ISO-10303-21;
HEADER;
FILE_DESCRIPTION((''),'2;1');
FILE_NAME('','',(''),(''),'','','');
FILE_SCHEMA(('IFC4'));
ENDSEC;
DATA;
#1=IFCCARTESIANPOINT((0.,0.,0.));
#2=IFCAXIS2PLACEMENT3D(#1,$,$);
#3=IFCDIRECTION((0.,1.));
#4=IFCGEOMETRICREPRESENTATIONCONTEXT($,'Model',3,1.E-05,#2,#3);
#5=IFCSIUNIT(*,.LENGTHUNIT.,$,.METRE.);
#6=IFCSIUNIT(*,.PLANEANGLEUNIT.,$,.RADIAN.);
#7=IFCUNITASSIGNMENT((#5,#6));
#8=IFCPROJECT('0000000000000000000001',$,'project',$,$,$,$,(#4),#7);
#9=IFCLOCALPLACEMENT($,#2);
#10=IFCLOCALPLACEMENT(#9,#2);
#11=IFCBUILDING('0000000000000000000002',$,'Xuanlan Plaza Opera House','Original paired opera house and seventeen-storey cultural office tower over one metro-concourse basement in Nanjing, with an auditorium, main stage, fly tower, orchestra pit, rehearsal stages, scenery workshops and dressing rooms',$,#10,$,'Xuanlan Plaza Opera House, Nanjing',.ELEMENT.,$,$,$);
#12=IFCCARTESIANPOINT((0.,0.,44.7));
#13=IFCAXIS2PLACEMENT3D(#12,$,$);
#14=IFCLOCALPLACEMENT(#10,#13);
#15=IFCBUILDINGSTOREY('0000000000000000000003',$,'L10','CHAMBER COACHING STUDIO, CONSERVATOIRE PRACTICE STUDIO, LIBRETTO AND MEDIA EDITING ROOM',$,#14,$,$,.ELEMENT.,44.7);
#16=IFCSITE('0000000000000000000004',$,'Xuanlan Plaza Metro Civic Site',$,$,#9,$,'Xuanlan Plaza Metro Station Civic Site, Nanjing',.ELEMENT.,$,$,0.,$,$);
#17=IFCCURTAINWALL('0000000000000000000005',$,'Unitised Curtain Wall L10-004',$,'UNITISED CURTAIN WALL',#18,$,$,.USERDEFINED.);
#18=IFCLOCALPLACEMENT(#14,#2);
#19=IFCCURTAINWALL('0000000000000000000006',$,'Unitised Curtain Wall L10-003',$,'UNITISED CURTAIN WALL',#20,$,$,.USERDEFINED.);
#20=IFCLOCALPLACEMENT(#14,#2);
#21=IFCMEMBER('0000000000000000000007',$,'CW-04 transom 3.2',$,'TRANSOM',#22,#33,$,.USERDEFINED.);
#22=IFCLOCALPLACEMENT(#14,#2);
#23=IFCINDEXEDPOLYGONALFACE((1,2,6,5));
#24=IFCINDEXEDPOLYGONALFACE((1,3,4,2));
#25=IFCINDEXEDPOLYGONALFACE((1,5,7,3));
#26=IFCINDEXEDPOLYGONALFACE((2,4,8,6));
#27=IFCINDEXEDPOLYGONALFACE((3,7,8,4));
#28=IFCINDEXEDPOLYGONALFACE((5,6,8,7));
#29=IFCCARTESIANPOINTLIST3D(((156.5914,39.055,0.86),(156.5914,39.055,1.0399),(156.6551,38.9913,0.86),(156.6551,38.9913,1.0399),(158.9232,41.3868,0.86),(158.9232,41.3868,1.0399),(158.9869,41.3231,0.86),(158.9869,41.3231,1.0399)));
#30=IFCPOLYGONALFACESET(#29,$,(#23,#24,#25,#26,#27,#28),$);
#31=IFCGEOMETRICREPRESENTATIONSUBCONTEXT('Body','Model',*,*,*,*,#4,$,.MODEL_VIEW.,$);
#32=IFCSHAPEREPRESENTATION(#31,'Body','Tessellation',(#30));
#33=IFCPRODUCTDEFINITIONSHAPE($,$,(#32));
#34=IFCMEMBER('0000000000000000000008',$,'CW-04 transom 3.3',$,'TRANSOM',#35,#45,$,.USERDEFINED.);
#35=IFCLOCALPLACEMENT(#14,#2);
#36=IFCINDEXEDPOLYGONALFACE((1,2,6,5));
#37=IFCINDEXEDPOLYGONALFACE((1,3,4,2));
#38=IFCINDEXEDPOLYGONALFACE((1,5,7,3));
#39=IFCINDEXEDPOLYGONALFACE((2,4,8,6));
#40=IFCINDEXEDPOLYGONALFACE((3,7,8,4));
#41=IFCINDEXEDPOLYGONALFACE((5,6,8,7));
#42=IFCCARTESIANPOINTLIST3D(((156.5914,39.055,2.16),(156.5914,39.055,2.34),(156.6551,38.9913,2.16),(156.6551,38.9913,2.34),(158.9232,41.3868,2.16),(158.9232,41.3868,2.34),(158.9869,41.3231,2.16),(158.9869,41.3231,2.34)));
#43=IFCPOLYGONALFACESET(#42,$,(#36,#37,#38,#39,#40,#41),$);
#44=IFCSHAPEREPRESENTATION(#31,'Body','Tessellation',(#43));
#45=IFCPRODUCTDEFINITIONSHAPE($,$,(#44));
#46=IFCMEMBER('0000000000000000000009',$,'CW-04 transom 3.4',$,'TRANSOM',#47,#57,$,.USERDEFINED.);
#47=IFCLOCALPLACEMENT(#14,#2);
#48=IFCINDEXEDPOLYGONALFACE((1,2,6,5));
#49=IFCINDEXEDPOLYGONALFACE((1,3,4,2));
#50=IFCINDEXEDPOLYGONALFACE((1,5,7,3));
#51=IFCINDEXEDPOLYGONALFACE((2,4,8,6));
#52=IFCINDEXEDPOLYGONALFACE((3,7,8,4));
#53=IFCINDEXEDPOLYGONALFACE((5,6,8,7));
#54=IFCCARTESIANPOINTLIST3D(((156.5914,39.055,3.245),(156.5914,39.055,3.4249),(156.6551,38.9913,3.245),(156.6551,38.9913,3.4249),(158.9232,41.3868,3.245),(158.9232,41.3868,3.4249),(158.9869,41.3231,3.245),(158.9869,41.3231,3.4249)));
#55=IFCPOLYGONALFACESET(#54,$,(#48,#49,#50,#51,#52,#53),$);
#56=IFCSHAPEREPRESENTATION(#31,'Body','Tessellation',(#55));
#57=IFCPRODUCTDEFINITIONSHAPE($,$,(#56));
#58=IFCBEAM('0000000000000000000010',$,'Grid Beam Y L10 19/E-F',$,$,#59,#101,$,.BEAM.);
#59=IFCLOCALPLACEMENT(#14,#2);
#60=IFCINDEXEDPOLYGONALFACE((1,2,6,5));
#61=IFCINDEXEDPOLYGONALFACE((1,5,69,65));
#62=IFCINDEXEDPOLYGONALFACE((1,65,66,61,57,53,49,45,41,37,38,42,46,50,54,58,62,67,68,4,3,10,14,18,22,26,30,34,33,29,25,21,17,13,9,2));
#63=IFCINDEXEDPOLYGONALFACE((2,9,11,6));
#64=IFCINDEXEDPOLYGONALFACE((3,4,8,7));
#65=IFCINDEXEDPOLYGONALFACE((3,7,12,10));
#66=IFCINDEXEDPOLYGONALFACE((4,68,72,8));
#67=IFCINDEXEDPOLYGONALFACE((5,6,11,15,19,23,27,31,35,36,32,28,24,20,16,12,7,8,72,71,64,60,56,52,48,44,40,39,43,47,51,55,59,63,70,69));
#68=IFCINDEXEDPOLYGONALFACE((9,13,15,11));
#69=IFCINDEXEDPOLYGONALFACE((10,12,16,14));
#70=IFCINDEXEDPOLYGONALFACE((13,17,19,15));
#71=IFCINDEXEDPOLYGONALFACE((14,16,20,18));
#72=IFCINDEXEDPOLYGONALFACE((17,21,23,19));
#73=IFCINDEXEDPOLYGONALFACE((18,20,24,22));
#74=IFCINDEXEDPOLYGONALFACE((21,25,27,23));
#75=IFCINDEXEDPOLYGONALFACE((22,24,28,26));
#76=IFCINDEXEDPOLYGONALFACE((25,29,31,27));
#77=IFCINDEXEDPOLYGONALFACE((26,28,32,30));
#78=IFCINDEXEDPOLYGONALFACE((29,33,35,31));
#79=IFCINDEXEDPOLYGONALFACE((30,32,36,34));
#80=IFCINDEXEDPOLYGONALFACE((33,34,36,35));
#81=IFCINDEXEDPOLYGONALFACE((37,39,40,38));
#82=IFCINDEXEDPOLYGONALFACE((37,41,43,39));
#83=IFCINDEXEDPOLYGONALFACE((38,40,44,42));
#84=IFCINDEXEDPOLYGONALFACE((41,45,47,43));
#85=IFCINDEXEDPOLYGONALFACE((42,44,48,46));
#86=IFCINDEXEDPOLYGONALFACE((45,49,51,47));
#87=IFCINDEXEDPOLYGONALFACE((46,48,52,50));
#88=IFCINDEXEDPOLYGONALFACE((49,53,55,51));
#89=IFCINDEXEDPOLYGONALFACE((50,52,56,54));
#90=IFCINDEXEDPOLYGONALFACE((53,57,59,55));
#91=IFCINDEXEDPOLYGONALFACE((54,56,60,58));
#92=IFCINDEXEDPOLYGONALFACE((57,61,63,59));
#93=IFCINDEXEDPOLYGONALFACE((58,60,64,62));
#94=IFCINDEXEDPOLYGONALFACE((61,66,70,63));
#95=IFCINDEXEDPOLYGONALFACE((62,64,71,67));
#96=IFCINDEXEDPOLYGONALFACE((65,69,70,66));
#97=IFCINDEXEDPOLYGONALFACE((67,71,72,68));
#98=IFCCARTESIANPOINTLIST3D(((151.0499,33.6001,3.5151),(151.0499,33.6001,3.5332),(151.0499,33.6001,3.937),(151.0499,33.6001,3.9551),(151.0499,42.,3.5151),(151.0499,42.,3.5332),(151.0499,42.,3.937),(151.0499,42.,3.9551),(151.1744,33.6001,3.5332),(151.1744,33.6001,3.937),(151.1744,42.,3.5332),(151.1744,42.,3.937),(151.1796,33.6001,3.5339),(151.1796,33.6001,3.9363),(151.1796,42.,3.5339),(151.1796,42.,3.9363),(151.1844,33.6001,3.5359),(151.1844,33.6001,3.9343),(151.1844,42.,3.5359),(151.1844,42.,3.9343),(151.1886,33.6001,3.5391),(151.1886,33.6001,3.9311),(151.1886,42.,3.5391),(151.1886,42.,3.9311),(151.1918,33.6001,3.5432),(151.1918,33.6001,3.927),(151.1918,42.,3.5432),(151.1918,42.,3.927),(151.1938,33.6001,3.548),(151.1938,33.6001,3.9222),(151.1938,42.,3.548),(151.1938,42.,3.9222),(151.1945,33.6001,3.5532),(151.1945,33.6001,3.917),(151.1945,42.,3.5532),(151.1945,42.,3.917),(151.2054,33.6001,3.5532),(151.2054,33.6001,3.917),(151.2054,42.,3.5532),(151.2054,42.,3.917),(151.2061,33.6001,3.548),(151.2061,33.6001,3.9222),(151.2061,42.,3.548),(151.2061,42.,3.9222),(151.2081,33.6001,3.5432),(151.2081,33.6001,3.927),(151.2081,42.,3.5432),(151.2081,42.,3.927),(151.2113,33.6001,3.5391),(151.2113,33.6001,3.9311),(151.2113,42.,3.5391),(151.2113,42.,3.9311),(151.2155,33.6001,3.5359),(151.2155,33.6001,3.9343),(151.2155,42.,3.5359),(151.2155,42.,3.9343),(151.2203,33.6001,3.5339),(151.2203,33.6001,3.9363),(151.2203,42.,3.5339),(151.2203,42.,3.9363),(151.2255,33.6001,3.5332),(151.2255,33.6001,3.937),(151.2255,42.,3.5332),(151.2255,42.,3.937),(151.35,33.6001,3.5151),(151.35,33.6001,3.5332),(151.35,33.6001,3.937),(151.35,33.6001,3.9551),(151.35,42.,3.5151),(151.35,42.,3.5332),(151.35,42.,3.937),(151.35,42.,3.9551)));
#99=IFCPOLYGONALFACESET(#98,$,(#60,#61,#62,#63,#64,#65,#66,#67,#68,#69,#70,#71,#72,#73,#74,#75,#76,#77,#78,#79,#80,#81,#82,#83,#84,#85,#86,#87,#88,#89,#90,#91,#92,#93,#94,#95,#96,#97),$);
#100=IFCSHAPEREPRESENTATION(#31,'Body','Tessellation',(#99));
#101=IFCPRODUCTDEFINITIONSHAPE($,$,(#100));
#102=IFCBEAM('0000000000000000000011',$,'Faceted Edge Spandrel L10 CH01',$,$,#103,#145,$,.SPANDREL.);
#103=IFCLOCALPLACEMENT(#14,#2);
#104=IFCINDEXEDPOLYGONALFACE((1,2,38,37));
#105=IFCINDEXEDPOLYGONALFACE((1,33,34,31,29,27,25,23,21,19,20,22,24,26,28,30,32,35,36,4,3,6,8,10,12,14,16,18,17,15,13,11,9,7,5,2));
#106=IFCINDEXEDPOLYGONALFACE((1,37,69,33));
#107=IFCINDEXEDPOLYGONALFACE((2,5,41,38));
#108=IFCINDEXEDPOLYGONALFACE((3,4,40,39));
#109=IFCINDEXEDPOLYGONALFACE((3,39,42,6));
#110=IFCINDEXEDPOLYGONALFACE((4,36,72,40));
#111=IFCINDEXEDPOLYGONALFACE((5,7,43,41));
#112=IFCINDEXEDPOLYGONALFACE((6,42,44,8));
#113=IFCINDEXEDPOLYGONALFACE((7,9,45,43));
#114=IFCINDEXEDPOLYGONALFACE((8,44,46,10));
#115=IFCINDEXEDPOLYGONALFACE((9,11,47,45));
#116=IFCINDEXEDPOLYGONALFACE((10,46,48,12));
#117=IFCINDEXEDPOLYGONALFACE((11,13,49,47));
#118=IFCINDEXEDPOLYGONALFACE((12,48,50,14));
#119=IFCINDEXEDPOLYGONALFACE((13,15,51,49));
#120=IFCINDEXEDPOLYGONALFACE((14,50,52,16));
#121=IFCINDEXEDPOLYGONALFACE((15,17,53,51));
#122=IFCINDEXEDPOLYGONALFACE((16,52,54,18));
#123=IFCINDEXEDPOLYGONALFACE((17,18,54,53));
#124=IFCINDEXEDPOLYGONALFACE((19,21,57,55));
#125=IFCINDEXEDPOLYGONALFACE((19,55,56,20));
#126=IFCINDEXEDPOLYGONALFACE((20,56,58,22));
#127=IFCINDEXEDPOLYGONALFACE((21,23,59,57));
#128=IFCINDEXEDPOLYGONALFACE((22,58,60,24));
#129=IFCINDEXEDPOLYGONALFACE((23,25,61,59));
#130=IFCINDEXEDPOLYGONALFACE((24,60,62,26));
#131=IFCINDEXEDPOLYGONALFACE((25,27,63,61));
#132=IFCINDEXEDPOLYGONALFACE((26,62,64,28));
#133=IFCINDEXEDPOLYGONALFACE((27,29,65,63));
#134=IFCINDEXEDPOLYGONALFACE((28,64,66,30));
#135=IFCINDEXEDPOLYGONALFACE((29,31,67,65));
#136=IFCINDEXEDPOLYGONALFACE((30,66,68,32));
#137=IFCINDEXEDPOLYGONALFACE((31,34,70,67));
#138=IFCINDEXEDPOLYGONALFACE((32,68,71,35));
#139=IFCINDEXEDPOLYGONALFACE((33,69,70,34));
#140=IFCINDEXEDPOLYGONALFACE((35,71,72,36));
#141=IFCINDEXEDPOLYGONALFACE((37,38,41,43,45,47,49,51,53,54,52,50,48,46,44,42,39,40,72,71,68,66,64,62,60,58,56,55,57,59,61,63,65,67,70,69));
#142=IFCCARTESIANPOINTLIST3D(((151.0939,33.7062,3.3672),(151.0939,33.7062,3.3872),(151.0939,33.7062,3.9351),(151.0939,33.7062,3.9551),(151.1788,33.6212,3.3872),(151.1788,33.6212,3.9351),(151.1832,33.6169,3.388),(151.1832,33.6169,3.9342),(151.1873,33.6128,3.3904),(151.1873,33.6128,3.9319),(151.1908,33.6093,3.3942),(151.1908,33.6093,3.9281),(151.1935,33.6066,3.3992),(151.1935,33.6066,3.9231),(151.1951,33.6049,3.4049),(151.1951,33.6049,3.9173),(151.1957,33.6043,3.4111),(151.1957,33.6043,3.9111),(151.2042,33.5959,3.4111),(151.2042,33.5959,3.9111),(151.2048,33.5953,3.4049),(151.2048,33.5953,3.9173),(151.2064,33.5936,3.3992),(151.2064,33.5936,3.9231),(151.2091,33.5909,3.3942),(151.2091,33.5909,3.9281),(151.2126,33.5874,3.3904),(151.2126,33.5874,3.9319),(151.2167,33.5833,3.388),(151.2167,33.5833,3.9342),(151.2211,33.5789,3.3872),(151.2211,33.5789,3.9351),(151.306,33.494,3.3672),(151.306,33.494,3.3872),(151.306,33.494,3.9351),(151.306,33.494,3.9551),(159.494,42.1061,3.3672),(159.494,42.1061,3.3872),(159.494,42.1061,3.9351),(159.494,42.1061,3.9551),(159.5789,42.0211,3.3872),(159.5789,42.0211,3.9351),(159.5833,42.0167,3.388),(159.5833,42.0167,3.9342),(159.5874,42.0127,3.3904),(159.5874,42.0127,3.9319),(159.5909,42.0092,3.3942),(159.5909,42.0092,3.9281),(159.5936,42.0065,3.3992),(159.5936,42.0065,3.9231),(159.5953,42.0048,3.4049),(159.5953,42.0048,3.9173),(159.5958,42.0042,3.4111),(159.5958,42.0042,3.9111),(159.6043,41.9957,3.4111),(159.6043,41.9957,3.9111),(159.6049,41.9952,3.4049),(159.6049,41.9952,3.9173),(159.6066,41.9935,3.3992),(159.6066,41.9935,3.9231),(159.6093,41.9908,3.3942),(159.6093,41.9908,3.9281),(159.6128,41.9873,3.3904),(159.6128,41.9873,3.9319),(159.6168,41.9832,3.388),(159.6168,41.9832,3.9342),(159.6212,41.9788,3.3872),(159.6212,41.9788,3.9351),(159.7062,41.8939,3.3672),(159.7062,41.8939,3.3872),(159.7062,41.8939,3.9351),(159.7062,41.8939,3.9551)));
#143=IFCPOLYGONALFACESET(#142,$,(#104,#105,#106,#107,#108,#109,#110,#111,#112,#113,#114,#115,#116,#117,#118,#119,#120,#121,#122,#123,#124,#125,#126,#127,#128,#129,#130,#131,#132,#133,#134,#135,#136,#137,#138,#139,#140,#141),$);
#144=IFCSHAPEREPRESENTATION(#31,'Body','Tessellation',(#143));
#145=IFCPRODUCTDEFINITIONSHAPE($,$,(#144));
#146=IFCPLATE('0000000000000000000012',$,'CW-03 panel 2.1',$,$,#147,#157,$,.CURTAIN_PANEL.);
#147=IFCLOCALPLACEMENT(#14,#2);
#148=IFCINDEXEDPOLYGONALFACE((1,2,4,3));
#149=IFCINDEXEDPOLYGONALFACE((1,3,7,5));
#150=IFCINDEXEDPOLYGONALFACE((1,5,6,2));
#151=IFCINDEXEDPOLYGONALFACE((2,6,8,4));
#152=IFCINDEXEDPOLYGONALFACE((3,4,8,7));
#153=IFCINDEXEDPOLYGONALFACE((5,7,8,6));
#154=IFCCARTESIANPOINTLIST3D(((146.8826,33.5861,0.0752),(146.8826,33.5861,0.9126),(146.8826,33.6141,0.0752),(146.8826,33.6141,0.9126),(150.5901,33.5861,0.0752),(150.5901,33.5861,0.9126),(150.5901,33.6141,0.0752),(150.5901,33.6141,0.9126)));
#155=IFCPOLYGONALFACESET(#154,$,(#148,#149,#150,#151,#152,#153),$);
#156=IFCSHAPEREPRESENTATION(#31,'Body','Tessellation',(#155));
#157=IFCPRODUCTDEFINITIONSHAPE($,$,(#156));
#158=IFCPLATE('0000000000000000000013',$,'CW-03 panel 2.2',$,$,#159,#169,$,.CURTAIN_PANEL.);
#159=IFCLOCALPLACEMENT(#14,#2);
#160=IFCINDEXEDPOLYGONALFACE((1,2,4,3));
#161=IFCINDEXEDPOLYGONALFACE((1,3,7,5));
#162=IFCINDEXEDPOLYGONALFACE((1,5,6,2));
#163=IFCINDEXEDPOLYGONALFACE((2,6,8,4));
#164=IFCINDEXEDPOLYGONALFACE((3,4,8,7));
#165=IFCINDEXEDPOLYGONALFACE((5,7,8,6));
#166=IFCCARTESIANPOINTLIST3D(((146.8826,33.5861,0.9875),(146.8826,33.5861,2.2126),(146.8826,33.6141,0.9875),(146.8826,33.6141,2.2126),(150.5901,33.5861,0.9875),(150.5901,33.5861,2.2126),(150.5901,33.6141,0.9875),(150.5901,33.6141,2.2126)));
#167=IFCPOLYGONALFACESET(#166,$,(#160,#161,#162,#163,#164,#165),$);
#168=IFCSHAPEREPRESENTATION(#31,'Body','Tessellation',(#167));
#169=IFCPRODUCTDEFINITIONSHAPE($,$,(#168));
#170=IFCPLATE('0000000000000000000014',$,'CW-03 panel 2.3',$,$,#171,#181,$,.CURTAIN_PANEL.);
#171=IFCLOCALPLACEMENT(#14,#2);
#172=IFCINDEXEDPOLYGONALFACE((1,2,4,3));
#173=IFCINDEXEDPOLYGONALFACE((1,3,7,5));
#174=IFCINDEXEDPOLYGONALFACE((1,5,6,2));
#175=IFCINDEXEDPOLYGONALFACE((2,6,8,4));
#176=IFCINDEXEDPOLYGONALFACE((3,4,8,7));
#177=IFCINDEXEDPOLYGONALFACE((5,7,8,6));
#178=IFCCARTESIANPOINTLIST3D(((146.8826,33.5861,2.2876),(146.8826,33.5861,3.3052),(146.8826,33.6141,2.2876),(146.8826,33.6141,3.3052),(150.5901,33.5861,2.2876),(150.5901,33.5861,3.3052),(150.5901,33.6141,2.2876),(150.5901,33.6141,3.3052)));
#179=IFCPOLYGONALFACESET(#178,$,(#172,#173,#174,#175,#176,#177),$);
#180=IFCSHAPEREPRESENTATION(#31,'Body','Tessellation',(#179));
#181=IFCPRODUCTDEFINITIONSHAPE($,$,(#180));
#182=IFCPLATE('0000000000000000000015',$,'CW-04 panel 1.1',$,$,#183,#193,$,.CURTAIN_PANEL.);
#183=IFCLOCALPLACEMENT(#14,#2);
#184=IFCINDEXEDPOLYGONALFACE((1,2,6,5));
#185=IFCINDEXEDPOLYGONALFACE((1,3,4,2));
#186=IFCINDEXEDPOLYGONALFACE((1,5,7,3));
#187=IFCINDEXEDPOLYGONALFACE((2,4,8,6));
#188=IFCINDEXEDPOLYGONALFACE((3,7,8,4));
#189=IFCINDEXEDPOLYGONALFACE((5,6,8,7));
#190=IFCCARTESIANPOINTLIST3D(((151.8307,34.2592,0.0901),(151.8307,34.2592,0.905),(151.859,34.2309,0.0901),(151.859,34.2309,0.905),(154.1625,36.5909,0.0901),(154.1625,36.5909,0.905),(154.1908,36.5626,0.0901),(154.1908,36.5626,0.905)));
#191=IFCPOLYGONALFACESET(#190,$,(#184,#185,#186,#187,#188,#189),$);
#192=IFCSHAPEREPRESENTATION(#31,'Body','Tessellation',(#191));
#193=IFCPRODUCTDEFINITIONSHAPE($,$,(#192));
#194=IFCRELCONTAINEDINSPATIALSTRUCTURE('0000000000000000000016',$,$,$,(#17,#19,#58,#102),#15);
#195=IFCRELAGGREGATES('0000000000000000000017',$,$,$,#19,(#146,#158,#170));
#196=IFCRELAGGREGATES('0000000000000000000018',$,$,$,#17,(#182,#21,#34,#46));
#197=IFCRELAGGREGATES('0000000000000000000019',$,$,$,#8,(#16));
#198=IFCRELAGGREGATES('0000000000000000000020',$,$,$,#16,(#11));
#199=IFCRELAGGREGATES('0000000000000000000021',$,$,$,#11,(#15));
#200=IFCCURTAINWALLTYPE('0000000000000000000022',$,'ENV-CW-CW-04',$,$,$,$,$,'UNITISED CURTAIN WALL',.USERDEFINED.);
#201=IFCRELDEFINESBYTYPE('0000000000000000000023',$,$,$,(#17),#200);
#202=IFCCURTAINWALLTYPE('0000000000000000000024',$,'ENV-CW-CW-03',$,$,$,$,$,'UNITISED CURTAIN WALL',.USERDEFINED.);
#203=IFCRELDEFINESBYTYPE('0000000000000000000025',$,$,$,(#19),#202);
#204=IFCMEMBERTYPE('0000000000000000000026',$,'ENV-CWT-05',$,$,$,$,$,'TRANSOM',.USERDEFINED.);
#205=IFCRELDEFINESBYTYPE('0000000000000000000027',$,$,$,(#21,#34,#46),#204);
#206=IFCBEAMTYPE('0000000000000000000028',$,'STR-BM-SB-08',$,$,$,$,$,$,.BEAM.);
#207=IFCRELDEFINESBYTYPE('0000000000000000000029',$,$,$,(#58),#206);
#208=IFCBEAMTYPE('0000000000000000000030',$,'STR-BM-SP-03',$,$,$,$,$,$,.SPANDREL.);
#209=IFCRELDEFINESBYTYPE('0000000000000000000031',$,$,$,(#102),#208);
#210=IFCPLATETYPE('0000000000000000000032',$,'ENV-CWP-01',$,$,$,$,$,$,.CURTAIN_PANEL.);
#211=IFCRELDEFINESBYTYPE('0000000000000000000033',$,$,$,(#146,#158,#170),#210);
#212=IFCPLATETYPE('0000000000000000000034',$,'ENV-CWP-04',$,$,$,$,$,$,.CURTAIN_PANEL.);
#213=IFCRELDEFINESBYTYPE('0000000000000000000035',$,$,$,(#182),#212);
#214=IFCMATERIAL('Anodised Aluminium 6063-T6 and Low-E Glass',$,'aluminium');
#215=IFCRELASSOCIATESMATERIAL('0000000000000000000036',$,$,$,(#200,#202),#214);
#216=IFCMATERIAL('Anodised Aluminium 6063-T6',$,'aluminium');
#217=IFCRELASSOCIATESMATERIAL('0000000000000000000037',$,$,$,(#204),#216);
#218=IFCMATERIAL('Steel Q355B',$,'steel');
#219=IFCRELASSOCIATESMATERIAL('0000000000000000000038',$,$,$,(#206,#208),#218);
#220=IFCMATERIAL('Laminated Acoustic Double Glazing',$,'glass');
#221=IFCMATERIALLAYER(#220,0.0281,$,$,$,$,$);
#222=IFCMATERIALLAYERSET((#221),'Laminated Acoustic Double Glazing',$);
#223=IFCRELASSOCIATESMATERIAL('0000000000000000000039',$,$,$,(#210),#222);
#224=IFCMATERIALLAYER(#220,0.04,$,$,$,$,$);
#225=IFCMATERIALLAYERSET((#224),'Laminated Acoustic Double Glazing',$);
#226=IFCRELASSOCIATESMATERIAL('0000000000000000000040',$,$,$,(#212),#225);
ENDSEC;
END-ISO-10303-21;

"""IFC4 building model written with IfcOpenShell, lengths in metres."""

from ifc_helpers import new_model, si_unit, direction, frame, origin, origin_2d, place, context, subcontext, project, spatial, rectangle, i_section, extrude, material, layer, layer_set, material_profile, profile_set, type_object, element, aggregate, save


model = new_model("IFC4")

# Units and contexts
model_context = context("Model", 3, precision=1e-05, world=origin(), true_north=direction((0.0, 1.0)))
body_context = subcontext(model_context, "Body", "Model", "MODEL_VIEW")
ifc_project = project(units=[si_unit("LENGTHUNIT", "METRE"), si_unit("PLANEANGLEUNIT", "RADIAN")], contexts=[model_context])

# Site, building, storey
site_placement = place(None, origin())
site = spatial("IfcSite", under=ifc_project, at=site_placement, Name="Xuanlan Plaza Metro Civic Site", LongName="Xuanlan Plaza Metro Station Civic Site, Nanjing", CompositionType="ELEMENT", RefElevation=0.0)
building_placement = place(site_placement, origin())
building = spatial("IfcBuilding", under=site, at=building_placement, Name="Xuanlan Plaza Opera House", Description="Original paired opera house and seventeen-storey cultural office tower over one metro-concourse basement in Nanjing, with an auditorium, main stage, fly tower, orchestra pit, rehearsal stages, scenery workshops and dressing rooms", LongName="Xuanlan Plaza Opera House, Nanjing", CompositionType="ELEMENT")
storey_placement = place(building_placement, frame((0.0, 0.0, 44.7)))
storey = spatial("IfcBuildingStorey", under=building, at=storey_placement, Name="L10", Description="CHAMBER COACHING STUDIO, CONSERVATOIRE PRACTICE STUDIO, LIBRETTO AND MEDIA EDITING ROOM", CompositionType="ELEMENT", Elevation=44.7)

# Curtain wall
ifc_material_1 = material(Name="Anodised Aluminium 6063-T6 and Low-E Glass", Category="aluminium")
curtain_wall_type_1 = type_object("IfcCurtainWallType", Name="ENV-CW-CW-04", ElementType="UNITISED CURTAIN WALL", PredefinedType="USERDEFINED", material=ifc_material_1)
curtain_wall_1_placement = place(storey_placement, origin())
curtain_wall_1 = element("IfcCurtainWall", 1, at=curtain_wall_1_placement, inside=storey, type_object=curtain_wall_type_1, Name="Unitised Curtain Wall L10-004", ObjectType="UNITISED CURTAIN WALL", PredefinedType="USERDEFINED")
ifc_material_2 = material(Name="Anodised Aluminium 6063-T6", Category="aluminium")

# Curtain wall
curtain_wall_type_2 = type_object("IfcCurtainWallType", Name="ENV-CW-CW-03", ElementType="UNITISED CURTAIN WALL", PredefinedType="USERDEFINED", material=ifc_material_1)
curtain_wall_2_placement = place(storey_placement, origin())
curtain_wall_2 = element("IfcCurtainWall", 2, at=curtain_wall_2_placement, inside=storey, type_object=curtain_wall_type_2, Name="Unitised Curtain Wall L10-003", ObjectType="UNITISED CURTAIN WALL", PredefinedType="USERDEFINED")

# Members
ifc_material_profile_1 = material_profile(ifc_material_2, rectangle(XDim=0.0901, YDim=0.1799, at=origin_2d()), Name="ALU-T 90x180")
ifc_profile_set_1 = profile_set([ifc_material_profile_1], Name="Anodised Aluminium 6063-T6")
member_type_1 = type_object("IfcMemberType", Name="ENV-CWT-05", ElementType="TRANSOM", PredefinedType="USERDEFINED", material=ifc_profile_set_1)
member_1_placement = place(storey_placement, frame((156.6233, 39.0232, 0.95), z_axis=(0.707107, 0.707107, 0.0), x_axis=(-0.707107, 0.707107, 0.0)))
member_1 = element("IfcMember", 3, at=member_1_placement, type_object=member_type_1, Name="CW-04 transom 3.2", ObjectType="TRANSOM", PredefinedType="USERDEFINED", context=body_context, shape_type="SweptSolid", body=[
    extrude(rectangle(XDim=0.0901, YDim=0.1799, at=origin_2d()), origin(), (0.0, 0.0, 1.0), 3.2976),
])
member_2_placement = place(storey_placement, frame((156.6233, 39.0232, 2.25), z_axis=(0.707107, 0.707107, 0.0), x_axis=(-0.707107, 0.707107, 0.0)))
member_2 = element("IfcMember", 4, at=member_2_placement, type_object=member_type_1, Name="CW-04 transom 3.3", ObjectType="TRANSOM", PredefinedType="USERDEFINED", context=body_context, shape_type="SweptSolid", body=[
    extrude(rectangle(XDim=0.0901, YDim=0.1799, at=origin_2d()), origin(), (0.0, 0.0, 1.0), 3.2976),
])
member_3_placement = place(storey_placement, frame((156.6233, 39.0232, 3.335), z_axis=(0.707107, 0.707107, 0.0), x_axis=(-0.707107, 0.707107, 0.0)))
member_3 = element("IfcMember", 5, at=member_3_placement, type_object=member_type_1, Name="CW-04 transom 3.4", ObjectType="TRANSOM", PredefinedType="USERDEFINED", context=body_context, shape_type="SweptSolid", body=[
    extrude(rectangle(XDim=0.0901, YDim=0.1799, at=origin_2d()), origin(), (0.0, 0.0, 1.0), 3.2976),
])

# Beams
ifc_material_3 = material(Name="Steel Q355B", Category="steel")
ifc_material_profile_2 = material_profile(ifc_material_3, i_section(OverallWidth=0.3, OverallDepth=0.4399, WebThickness=0.011, FlangeThickness=0.0181, FilletRadius=0.02, at=origin_2d()), Name="HM 440x300x11x18")
ifc_profile_set_2 = profile_set([ifc_material_profile_2], Name="Steel Q355B")
beam_type_1 = type_object("IfcBeamType", Name="STR-BM-SB-08", PredefinedType="BEAM", material=ifc_profile_set_2)
beam_1_placement = place(storey_placement, frame((151.2, 33.6001, 3.7351), z_axis=(0.0, 1.0, 0.0), x_axis=(-1.0, 0.0, 0.0)))
element("IfcBeam", 6, at=beam_1_placement, inside=storey, type_object=beam_type_1, Name="Grid Beam Y L10 19/E-F", PredefinedType="BEAM", context=body_context, shape_type="SweptSolid", body=[
    extrude(i_section(OverallWidth=0.3, OverallDepth=0.4399, WebThickness=0.011, FlangeThickness=0.0181, FilletRadius=0.02, at=origin_2d()), origin(), (0.0, 0.0, 1.0), 8.3999),
])
ifc_material_profile_3 = material_profile(ifc_material_3, i_section(OverallWidth=0.3, OverallDepth=0.5879, WebThickness=0.012, FlangeThickness=0.02, FilletRadius=0.0239, at=origin_2d()), Name="HM 588x300x12x20")
ifc_profile_set_3 = profile_set([ifc_material_profile_3], Name="Steel Q355B")
beam_type_2 = type_object("IfcBeamType", Name="STR-BM-SP-03", PredefinedType="SPANDREL", material=ifc_profile_set_3)
beam_2_placement = place(storey_placement, frame((151.2, 33.6001, 3.6611), z_axis=(0.707117, 0.707097, 0.0), x_axis=(-0.707097, 0.707117, 0.0)))
element("IfcBeam", 7, at=beam_2_placement, inside=storey, type_object=beam_type_2, Name="Faceted Edge Spandrel L10 CH01", PredefinedType="SPANDREL", context=body_context, shape_type="SweptSolid", body=[
    extrude(i_section(OverallWidth=0.3, OverallDepth=0.5879, WebThickness=0.012, FlangeThickness=0.02, FilletRadius=0.0239, at=origin_2d()), origin(), (0.0, 0.0, 1.0), 11.8794),
])

# Plates
ifc_material_4 = material(Name="Laminated Acoustic Double Glazing", Category="glass")
ifc_layer_1 = layer(ifc_material_4, 0.0281)
ifc_layer_set_1 = layer_set([ifc_layer_1], Name="Laminated Acoustic Double Glazing")
plate_type_1 = type_object("IfcPlateType", Name="ENV-CWP-01", PredefinedType="CURTAIN_PANEL", material=ifc_layer_set_1)
plate_1_placement = place(storey_placement, frame((148.7363, 33.6001, 0.0752), z_axis=(0.0, 0.0, 1.0), x_axis=(1.0, 0.0, 0.0)))
plate_1 = element("IfcPlate", 8, at=plate_1_placement, type_object=plate_type_1, Name="CW-03 panel 2.1", PredefinedType="CURTAIN_PANEL", context=body_context, shape_type="SweptSolid", body=[
    extrude(rectangle(XDim=3.7075, YDim=0.0281, at=origin_2d()), origin(), (0.0, 0.0, 1.0), 0.8374),
])
plate_2_placement = place(storey_placement, frame((148.7363, 33.6001, 0.9875), z_axis=(0.0, 0.0, 1.0), x_axis=(1.0, 0.0, 0.0)))
plate_2 = element("IfcPlate", 9, at=plate_2_placement, type_object=plate_type_1, Name="CW-03 panel 2.2", PredefinedType="CURTAIN_PANEL", context=body_context, shape_type="SweptSolid", body=[
    extrude(rectangle(XDim=3.7075, YDim=0.0281, at=origin_2d()), origin(), (0.0, 0.0, 1.0), 1.2251),
])
plate_3_placement = place(storey_placement, frame((148.7363, 33.6001, 2.2876), z_axis=(0.0, 0.0, 1.0), x_axis=(1.0, 0.0, 0.0)))
plate_3 = element("IfcPlate", 10, at=plate_3_placement, type_object=plate_type_1, Name="CW-03 panel 2.3", PredefinedType="CURTAIN_PANEL", context=body_context, shape_type="SweptSolid", body=[
    extrude(rectangle(XDim=3.7075, YDim=0.0281, at=origin_2d()), origin(), (0.0, 0.0, 1.0), 1.0176),
])
aggregate(curtain_wall_2, [plate_1, plate_2, plate_3])
ifc_layer_2 = layer(ifc_material_4, 0.04)
ifc_layer_set_2 = layer_set([ifc_layer_2], Name="Laminated Acoustic Double Glazing")
plate_type_2 = type_object("IfcPlateType", Name="ENV-CWP-04", PredefinedType="CURTAIN_PANEL", material=ifc_layer_set_2)
plate_4_placement = place(storey_placement, frame((153.0107, 35.4109, 0.0901), z_axis=(0.0, 0.0, 1.0), x_axis=(0.707107, 0.707107, 0.0)))
plate_4 = element("IfcPlate", 11, at=plate_4_placement, type_object=plate_type_2, Name="CW-04 panel 1.1", PredefinedType="CURTAIN_PANEL", context=body_context, shape_type="SweptSolid", body=[
    extrude(rectangle(XDim=3.2976, YDim=0.04, at=origin_2d()), origin(), (0.0, 0.0, 1.0), 0.8149),
])
aggregate(curtain_wall_1, [plate_4, member_1, member_2, member_3])

save(model, "model.ifc")
